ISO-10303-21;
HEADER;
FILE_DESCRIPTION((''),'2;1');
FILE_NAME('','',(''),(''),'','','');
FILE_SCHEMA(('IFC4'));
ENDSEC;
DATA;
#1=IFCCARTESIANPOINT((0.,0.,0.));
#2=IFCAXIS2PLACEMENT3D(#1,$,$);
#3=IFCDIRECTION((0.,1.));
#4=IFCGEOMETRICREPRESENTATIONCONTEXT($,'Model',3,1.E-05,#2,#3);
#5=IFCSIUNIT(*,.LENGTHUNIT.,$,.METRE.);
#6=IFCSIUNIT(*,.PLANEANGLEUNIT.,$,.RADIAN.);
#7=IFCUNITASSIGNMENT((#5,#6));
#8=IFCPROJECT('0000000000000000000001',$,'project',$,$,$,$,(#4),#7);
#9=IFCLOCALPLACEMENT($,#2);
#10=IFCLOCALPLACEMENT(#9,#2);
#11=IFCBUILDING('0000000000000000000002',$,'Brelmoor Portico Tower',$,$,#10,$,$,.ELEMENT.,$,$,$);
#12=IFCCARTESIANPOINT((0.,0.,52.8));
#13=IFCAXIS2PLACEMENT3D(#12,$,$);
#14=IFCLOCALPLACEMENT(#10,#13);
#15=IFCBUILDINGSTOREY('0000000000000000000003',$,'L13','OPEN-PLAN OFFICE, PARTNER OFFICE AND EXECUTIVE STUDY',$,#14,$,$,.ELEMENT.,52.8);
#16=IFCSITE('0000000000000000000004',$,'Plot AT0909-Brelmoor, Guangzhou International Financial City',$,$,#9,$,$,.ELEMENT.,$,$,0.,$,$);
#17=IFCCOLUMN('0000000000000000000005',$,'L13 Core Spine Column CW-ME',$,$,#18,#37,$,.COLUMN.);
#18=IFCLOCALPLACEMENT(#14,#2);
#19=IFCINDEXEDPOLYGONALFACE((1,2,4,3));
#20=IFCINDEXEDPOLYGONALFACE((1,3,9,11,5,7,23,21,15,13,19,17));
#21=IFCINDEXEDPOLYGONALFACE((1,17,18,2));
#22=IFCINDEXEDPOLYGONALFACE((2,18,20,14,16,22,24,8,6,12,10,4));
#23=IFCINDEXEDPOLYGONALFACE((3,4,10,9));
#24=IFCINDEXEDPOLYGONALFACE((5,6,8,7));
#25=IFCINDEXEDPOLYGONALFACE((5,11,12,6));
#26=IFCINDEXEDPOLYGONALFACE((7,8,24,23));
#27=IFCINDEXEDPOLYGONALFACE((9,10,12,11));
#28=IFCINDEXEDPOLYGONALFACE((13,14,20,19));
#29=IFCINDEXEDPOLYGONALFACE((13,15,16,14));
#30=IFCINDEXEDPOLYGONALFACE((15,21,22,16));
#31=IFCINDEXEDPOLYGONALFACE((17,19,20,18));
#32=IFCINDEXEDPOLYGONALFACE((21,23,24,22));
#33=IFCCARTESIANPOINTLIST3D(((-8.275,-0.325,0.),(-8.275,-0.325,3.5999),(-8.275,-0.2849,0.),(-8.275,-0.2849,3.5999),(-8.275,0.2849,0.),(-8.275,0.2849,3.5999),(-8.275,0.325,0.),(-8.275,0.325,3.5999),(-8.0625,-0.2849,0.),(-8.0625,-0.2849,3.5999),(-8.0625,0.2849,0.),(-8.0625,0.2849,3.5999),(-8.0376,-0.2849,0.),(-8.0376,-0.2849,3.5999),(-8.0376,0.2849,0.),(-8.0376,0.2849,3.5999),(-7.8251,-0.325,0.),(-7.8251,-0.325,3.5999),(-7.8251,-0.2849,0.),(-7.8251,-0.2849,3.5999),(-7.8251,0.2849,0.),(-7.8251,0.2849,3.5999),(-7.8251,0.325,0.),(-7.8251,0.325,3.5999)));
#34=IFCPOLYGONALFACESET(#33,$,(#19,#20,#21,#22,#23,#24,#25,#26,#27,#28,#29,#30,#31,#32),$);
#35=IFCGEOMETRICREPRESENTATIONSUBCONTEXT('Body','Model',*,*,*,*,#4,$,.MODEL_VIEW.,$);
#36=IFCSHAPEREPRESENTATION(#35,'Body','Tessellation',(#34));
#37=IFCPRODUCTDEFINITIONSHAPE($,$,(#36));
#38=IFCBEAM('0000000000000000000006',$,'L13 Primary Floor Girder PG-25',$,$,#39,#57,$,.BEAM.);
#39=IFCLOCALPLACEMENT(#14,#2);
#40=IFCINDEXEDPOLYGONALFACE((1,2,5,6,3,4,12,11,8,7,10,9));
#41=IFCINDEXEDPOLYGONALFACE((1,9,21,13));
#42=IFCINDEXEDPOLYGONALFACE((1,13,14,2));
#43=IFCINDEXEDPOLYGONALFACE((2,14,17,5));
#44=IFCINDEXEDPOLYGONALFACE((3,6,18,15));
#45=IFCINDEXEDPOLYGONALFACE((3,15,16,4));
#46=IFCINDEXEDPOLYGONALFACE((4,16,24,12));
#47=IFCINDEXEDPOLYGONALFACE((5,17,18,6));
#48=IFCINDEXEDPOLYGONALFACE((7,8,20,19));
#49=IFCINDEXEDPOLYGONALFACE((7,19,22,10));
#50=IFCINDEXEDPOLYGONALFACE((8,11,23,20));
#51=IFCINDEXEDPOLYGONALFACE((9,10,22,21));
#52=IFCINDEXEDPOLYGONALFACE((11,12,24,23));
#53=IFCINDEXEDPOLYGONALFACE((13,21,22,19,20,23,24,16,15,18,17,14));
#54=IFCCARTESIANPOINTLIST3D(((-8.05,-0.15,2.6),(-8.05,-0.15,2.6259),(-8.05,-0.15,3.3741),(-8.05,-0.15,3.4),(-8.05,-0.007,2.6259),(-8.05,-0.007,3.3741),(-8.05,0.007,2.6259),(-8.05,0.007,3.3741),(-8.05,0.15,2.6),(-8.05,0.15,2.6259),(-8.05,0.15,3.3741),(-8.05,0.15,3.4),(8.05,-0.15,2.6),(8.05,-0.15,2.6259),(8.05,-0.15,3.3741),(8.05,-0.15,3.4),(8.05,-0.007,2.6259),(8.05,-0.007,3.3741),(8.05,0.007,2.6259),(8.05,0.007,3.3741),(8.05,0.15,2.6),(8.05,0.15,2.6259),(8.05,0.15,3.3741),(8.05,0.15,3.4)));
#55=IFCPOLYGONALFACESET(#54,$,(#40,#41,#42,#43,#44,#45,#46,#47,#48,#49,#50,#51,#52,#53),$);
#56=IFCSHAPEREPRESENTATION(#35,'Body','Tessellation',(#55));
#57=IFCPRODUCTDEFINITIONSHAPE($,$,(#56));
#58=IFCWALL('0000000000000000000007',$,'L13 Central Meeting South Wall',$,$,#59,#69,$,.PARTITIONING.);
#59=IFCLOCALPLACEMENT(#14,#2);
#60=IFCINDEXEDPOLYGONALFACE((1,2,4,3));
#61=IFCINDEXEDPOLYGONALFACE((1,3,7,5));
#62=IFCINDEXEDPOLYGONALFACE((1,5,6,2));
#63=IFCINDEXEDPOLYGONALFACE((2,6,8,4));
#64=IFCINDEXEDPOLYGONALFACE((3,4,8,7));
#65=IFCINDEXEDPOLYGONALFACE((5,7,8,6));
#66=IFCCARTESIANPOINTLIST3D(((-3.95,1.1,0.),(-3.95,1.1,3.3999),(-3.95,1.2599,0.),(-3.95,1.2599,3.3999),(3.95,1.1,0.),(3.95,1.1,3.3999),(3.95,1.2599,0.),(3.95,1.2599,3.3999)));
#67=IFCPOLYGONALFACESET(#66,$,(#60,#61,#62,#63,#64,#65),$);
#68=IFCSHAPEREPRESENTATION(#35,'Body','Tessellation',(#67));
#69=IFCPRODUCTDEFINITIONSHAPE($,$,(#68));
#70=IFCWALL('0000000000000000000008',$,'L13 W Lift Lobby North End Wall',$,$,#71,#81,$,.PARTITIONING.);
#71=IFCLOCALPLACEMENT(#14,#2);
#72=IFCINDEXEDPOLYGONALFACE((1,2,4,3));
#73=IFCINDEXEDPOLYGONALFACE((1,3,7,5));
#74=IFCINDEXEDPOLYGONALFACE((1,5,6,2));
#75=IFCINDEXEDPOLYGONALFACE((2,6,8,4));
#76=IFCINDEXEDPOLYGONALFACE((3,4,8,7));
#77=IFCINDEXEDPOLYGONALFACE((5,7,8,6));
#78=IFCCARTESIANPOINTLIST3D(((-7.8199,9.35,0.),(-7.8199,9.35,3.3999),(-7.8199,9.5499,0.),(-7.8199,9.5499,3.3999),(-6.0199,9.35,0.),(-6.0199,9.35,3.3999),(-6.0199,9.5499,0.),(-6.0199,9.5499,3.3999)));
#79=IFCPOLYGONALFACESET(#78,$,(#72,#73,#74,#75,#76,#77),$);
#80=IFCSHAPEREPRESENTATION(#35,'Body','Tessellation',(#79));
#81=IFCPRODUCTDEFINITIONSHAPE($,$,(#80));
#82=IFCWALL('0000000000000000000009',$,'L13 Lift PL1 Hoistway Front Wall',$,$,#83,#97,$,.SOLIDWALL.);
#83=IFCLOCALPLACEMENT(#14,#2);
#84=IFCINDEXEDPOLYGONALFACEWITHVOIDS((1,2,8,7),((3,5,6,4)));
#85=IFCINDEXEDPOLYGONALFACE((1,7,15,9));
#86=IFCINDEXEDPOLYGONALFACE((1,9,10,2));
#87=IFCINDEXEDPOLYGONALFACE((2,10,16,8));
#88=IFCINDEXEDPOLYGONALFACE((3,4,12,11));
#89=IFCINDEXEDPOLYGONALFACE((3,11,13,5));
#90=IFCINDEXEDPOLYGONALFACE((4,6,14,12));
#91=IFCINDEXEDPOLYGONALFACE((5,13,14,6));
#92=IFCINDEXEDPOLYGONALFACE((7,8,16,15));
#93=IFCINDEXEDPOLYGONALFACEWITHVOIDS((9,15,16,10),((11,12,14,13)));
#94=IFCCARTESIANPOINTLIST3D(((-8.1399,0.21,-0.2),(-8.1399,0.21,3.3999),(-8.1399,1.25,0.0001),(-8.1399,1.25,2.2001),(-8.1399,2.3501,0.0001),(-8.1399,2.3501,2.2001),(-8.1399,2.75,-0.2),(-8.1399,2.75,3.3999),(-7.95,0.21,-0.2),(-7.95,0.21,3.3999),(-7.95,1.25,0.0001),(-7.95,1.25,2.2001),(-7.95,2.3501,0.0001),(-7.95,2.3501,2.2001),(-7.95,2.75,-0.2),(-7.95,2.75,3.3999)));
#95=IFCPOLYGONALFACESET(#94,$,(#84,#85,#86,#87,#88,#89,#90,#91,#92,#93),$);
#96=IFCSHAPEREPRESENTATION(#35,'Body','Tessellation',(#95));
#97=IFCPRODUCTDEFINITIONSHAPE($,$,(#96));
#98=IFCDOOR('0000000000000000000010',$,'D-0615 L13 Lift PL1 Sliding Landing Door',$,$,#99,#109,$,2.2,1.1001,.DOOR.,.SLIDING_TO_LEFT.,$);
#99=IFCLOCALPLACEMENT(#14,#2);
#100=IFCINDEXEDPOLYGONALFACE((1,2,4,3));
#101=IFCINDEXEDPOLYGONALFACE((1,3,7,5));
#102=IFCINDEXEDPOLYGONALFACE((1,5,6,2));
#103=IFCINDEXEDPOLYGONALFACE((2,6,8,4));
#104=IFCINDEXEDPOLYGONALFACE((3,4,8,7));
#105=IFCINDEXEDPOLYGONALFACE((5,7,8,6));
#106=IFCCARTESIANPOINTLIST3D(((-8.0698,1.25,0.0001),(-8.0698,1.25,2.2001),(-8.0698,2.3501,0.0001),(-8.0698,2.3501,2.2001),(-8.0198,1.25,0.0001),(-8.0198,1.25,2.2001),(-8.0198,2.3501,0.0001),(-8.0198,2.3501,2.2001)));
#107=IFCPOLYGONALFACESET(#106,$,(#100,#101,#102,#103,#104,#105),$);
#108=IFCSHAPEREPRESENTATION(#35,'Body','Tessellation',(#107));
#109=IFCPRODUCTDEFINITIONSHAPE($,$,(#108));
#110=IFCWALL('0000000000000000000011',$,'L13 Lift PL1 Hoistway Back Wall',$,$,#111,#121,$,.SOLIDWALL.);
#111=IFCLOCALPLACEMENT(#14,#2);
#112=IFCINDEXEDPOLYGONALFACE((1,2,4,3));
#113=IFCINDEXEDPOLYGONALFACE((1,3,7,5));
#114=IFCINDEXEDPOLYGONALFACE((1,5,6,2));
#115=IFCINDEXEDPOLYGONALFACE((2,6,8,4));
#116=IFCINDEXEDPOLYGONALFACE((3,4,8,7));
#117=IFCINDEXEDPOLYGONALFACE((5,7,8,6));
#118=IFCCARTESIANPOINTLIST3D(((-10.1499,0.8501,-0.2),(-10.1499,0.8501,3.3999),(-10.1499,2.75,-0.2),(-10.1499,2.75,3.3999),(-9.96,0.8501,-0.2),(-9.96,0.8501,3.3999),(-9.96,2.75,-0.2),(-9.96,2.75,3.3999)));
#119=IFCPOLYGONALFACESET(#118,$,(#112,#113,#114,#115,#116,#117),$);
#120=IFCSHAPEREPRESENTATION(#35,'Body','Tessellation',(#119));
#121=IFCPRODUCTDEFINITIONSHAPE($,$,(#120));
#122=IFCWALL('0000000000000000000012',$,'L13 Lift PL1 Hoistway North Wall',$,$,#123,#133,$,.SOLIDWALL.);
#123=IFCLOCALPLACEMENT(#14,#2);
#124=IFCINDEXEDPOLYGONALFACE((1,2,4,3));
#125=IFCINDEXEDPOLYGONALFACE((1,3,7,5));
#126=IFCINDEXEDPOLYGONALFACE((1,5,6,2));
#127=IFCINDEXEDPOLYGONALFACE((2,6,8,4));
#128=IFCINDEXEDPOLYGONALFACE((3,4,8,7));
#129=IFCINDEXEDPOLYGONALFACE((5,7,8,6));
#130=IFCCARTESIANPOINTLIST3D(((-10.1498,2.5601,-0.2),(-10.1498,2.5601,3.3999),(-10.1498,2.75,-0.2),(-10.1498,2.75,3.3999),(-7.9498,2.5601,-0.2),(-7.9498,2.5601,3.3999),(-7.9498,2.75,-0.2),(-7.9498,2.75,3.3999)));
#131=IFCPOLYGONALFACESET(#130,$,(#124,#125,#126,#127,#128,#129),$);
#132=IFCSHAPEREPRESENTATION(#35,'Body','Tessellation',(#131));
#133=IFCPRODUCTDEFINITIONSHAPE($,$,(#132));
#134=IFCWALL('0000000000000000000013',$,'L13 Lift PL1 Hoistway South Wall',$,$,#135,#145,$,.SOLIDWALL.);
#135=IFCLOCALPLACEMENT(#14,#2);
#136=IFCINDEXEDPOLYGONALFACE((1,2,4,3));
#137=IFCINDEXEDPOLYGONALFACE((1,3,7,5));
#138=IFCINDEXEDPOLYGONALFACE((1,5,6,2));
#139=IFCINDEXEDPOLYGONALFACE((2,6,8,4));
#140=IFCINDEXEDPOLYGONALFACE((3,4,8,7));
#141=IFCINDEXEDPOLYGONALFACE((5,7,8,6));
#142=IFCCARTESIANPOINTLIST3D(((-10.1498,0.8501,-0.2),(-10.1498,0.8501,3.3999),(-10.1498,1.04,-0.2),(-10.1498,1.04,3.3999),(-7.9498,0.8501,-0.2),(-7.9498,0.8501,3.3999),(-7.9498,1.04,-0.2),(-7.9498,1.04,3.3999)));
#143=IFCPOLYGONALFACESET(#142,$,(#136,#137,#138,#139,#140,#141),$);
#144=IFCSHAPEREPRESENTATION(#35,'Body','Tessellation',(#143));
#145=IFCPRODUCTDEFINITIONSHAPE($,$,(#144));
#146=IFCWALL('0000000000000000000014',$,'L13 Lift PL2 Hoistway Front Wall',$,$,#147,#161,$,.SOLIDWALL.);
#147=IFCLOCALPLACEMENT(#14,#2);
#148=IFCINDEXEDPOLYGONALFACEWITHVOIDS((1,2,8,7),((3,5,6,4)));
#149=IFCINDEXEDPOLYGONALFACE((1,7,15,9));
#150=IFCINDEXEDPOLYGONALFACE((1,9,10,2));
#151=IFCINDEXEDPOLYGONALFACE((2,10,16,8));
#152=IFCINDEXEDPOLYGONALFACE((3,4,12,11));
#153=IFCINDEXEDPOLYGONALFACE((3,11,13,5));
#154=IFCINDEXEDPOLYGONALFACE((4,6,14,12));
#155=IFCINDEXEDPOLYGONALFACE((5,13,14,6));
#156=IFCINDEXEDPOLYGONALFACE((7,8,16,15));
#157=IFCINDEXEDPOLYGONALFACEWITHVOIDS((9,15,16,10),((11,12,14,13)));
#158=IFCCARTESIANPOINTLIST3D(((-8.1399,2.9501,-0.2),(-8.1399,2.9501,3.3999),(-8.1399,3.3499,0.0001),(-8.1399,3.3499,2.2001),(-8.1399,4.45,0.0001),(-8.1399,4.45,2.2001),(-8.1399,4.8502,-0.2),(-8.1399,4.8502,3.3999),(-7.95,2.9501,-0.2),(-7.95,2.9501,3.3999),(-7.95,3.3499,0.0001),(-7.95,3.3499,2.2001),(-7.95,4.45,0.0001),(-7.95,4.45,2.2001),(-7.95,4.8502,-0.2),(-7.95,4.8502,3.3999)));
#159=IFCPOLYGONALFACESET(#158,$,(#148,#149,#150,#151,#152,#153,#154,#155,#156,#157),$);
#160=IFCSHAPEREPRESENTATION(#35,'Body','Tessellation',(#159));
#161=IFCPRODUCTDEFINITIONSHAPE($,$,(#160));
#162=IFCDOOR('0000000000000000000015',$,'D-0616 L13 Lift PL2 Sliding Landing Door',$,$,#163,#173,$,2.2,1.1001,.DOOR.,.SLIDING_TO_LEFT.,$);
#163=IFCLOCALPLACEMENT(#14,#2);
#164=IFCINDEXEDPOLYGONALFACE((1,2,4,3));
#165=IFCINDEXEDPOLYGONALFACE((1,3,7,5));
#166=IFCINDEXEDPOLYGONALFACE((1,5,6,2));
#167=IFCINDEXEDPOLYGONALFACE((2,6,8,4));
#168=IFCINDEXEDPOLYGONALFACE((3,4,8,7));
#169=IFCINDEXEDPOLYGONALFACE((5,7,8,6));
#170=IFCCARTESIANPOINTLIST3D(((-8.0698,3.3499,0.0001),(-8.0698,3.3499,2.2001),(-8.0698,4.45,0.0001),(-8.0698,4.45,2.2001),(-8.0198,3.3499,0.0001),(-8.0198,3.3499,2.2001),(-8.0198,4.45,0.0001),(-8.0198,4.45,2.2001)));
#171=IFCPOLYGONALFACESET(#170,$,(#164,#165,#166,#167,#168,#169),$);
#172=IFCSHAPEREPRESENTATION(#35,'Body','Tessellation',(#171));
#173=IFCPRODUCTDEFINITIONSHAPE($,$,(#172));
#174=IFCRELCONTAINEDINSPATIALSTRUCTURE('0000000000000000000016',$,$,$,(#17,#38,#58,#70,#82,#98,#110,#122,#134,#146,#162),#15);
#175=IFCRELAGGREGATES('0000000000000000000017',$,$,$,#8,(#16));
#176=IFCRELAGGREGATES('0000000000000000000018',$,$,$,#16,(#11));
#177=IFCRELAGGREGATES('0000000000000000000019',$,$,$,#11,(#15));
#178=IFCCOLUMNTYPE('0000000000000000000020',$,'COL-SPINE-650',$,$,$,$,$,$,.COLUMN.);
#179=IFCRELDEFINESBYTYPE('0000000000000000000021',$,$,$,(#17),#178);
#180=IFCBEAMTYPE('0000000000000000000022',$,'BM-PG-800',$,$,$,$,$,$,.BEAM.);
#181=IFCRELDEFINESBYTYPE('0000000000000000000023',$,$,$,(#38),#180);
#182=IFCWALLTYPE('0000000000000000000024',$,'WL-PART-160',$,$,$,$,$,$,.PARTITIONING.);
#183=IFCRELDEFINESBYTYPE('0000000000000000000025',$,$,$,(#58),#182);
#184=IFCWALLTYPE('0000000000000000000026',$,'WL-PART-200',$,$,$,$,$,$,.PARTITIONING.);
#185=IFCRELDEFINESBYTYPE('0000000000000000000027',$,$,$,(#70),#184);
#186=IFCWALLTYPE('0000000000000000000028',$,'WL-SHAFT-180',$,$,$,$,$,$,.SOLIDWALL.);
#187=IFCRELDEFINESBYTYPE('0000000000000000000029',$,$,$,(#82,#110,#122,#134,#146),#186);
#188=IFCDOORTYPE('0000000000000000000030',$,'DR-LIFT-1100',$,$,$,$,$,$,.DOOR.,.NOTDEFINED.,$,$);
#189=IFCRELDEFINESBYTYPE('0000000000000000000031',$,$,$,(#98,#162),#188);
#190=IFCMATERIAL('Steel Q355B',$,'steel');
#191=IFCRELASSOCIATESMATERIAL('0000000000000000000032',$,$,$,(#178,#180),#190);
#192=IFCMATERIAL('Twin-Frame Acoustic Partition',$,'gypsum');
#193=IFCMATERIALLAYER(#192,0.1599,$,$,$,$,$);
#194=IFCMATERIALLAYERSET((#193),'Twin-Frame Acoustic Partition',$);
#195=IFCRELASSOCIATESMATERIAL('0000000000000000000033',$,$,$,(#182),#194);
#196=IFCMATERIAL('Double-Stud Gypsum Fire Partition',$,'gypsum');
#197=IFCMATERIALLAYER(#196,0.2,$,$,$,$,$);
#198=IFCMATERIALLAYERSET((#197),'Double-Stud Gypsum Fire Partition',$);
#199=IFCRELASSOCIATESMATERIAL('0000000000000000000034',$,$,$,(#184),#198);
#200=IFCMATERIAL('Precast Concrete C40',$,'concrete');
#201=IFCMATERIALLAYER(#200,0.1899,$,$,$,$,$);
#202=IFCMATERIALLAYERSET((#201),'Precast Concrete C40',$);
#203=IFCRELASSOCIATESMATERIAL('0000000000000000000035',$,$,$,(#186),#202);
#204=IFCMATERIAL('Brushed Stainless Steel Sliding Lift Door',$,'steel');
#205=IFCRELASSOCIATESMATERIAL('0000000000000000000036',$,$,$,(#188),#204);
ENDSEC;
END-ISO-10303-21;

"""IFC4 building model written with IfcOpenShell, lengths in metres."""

from ifc_helpers import new_model, si_unit, direction, frame, frame_2d, origin, origin_2d, place, context, subcontext, project, spatial, rectangle, i_section, extrude, material, layer, layer_set, material_profile, profile_set, type_object, element, fill, save


model = new_model("IFC4")

# Units and contexts
model_context = context("Model", 3, precision=1e-05, world=origin(), true_north=direction((0.0, 1.0)))
body_context = subcontext(model_context, "Body", "Model", "MODEL_VIEW")
ifc_project = project(units=[si_unit("LENGTHUNIT", "METRE"), si_unit("PLANEANGLEUNIT", "RADIAN")], contexts=[model_context])

# Site, building, storey
site_placement = place(None, origin())
site = spatial("IfcSite", under=ifc_project, at=site_placement, Name="Plot AT0909-Brelmoor, Guangzhou International Financial City", CompositionType="ELEMENT", RefElevation=0.0)
building_placement = place(site_placement, origin())
building = spatial("IfcBuilding", under=site, at=building_placement, Name="Brelmoor Portico Tower", CompositionType="ELEMENT")
storey_placement = place(building_placement, frame((0.0, 0.0, 52.8)))
storey = spatial("IfcBuildingStorey", under=building, at=storey_placement, Name="L13", Description="OPEN-PLAN OFFICE, PARTNER OFFICE AND EXECUTIVE STUDY", CompositionType="ELEMENT", Elevation=52.8)

# Column
ifc_material_1 = material(Name="Steel Q355B", Category="steel")
ifc_material_profile_1 = material_profile(ifc_material_1, i_section(OverallWidth=0.45, OverallDepth=0.6499, WebThickness=0.0249, FlangeThickness=0.04, at=origin_2d()), Name="HW 650x450x25x40")
ifc_profile_set_1 = profile_set([ifc_material_profile_1], Name="Steel Q355B")
column_type = type_object("IfcColumnType", Name="COL-SPINE-650", PredefinedType="COLUMN", material=ifc_profile_set_1)
column_placement = place(storey_placement, frame((-8.05, 0.0, 0.0), z_axis=(0.0, 0.0, 1.0), x_axis=(1.0, 0.0, 0.0)))
element("IfcColumn", 1, at=column_placement, inside=storey, type_object=column_type, Name="L13 Core Spine Column CW-ME", PredefinedType="COLUMN", context=body_context, shape_type="SweptSolid", body=[
    extrude(i_section(OverallWidth=0.45, OverallDepth=0.6499, WebThickness=0.0249, FlangeThickness=0.04, at=origin_2d()), origin(), (0.0, 0.0, 1.0), 3.5999),
])

# Beam
ifc_material_profile_2 = material_profile(ifc_material_1, i_section(OverallWidth=0.3, OverallDepth=0.8, WebThickness=0.0139, FlangeThickness=0.0259, at=origin_2d()), Name="HN 800x300x14x26")
ifc_profile_set_2 = profile_set([ifc_material_profile_2], Name="Steel Q355B")
beam_type = type_object("IfcBeamType", Name="BM-PG-800", PredefinedType="BEAM", material=ifc_profile_set_2)
beam_placement = place(storey_placement, frame((-8.05, 0.0, 3.0), z_axis=(1.0, 0.0, 0.0), x_axis=(0.0, 1.0, 0.0)))
element("IfcBeam", 2, at=beam_placement, inside=storey, type_object=beam_type, Name="L13 Primary Floor Girder PG-25", PredefinedType="BEAM", context=body_context, shape_type="SweptSolid", body=[
    extrude(i_section(OverallWidth=0.3, OverallDepth=0.8, WebThickness=0.0139, FlangeThickness=0.0259, at=origin_2d()), origin(), (0.0, 0.0, 1.0), 16.1001),
])

# Walls
ifc_material_2 = material(Name="Twin-Frame Acoustic Partition", Category="gypsum")
ifc_layer_1 = layer(ifc_material_2, 0.1599)
ifc_layer_set_1 = layer_set([ifc_layer_1], Name="Twin-Frame Acoustic Partition")
wall_type_1 = type_object("IfcWallType", Name="WL-PART-160", PredefinedType="PARTITIONING", material=ifc_layer_set_1)
wall_1_placement = place(storey_placement, frame((-3.95, 1.1799, 0.0), z_axis=(0.0, 0.0, 1.0), x_axis=(1.0, 0.0, 0.0)))
element("IfcWall", 3, at=wall_1_placement, inside=storey, type_object=wall_type_1, Name="L13 Central Meeting South Wall", PredefinedType="PARTITIONING", context=body_context, shape_type="SweptSolid", body=[
    extrude(rectangle(XDim=7.8999, YDim=0.1599, at=frame_2d((3.95, 0.0))), origin(), (0.0, 0.0, 1.0), 3.3999),
])
ifc_material_3 = material(Name="Double-Stud Gypsum Fire Partition", Category="gypsum")
ifc_layer_2 = layer(ifc_material_3, 0.2)
ifc_layer_set_2 = layer_set([ifc_layer_2], Name="Double-Stud Gypsum Fire Partition")
wall_type_2 = type_object("IfcWallType", Name="WL-PART-200", PredefinedType="PARTITIONING", material=ifc_layer_set_2)
wall_2_placement = place(storey_placement, frame((-6.02, 9.45, 0.0), z_axis=(0.0, 0.0, 1.0), x_axis=(-1.0, 0.0, 0.0)))
element("IfcWall", 4, at=wall_2_placement, inside=storey, type_object=wall_type_2, Name="L13 W Lift Lobby North End Wall", PredefinedType="PARTITIONING", context=body_context, shape_type="SweptSolid", body=[
    extrude(rectangle(XDim=1.8, YDim=0.2, at=frame_2d((0.8999, 0.0))), origin(), (0.0, 0.0, 1.0), 3.3999),
])

# Wall, opening, door
ifc_material_4 = material(Name="Precast Concrete C40", Category="concrete")
ifc_layer_3 = layer(ifc_material_4, 0.1899)
ifc_layer_set_3 = layer_set([ifc_layer_3], Name="Precast Concrete C40")
wall_type_3 = type_object("IfcWallType", Name="WL-SHAFT-180", PredefinedType="SOLIDWALL", material=ifc_layer_set_3)
wall_3_placement = place(storey_placement, frame((-8.0449, 0.21, -0.2), z_axis=(0.0, 0.0, 1.0), x_axis=(0.0, 1.0, 0.0)))
wall_3 = element("IfcWall", 5, at=wall_3_placement, inside=storey, type_object=wall_type_3, Name="L13 Lift PL1 Hoistway Front Wall", PredefinedType="SOLIDWALL", context=body_context, shape_type="SweptSolid", body=[
    extrude(rectangle(XDim=2.54, YDim=0.1899, at=frame_2d((1.27, 0.0))), origin(), (0.0, 0.0, 1.0), 3.5999),
])
opening_1_placement = place(wall_3_placement, frame((1.04, 0.0, 0.2)))
opening_1 = element("IfcOpeningElement", 6, at=opening_1_placement, cuts=wall_3, PredefinedType="OPENING", context=body_context, shape_type="SweptSolid", body=[
    extrude(rectangle(XDim=1.1001, YDim=2.2, at=frame_2d((0.55, 1.1001))), frame((0.0, 0.105, 0.0), z_axis=(0.0, -1.0, 0.0), x_axis=(1.0, 0.0, 0.0)), (0.0, 0.0, 1.0), 0.21),
])
ifc_material_5 = material(Name="Brushed Stainless Steel Sliding Lift Door", Category="steel")
door_type = type_object("IfcDoorType", Name="DR-LIFT-1100", OperationType="NOTDEFINED", PredefinedType="DOOR", material=ifc_material_5)
door_1_placement = place(opening_1_placement, origin())
door_1 = element("IfcDoor", 7, at=door_1_placement, inside=storey, type_object=door_type, Name="D-0615 L13 Lift PL1 Sliding Landing Door", OperationType="SLIDING_TO_LEFT", OverallHeight=2.2, OverallWidth=1.1001, PredefinedType="DOOR", context=body_context, shape_type="SweptSolid", body=[
    extrude(rectangle(XDim=1.1001, YDim=2.2, at=frame_2d((0.55, 1.1001))), frame((0.0, 0.0249, 0.0), z_axis=(0.0, -1.0, 0.0), x_axis=(1.0, 0.0, 0.0)), (0.0, 0.0, 1.0), 0.05),
])
fill(opening_1, door_1)

# Walls
wall_4_placement = place(storey_placement, frame((-10.0549, 0.8501, -0.2), z_axis=(0.0, 0.0, 1.0), x_axis=(0.0, 1.0, 0.0)))
element("IfcWall", 8, at=wall_4_placement, inside=storey, type_object=wall_type_3, Name="L13 Lift PL1 Hoistway Back Wall", PredefinedType="SOLIDWALL", context=body_context, shape_type="SweptSolid", body=[
    extrude(rectangle(XDim=1.8999, YDim=0.1899, at=frame_2d((0.95, 0.0))), origin(), (0.0, 0.0, 1.0), 3.5999),
])
for number, where, z_axis, x_axis, name in (
    (9, (-10.1499, 2.655, -0.2), (0.0, 0.0, 1.0), (1.0, 0.0, 0.0), "L13 Lift PL1 Hoistway North Wall"),
    (10, (-10.1499, 0.9451, -0.2), (0.0, 0.0, 1.0), (1.0, 0.0, 0.0), "L13 Lift PL1 Hoistway South Wall"),
):
    element("IfcWall", number, at=place(storey_placement, frame(where, z_axis=z_axis, x_axis=x_axis)), inside=storey, type_object=wall_type_3, Name=name, PredefinedType="SOLIDWALL", context=body_context, shape_type="SweptSolid", body=[
        extrude(rectangle(XDim=2.2, YDim=0.1899, at=frame_2d((1.1001, 0.0))), origin(), (0.0, 0.0, 1.0), 3.5999),
    ])

# Wall, opening, door
wall_5_placement = place(storey_placement, frame((-8.0449, 2.95, -0.2), z_axis=(0.0, 0.0, 1.0), x_axis=(0.0, 1.0, 0.0)))
wall_5 = element("IfcWall", 11, at=wall_5_placement, inside=storey, type_object=wall_type_3, Name="L13 Lift PL2 Hoistway Front Wall", PredefinedType="SOLIDWALL", context=body_context, shape_type="SweptSolid", body=[
    extrude(rectangle(XDim=1.9001, YDim=0.1899, at=frame_2d((0.9502, 0.0))), origin(), (0.0, 0.0, 1.0), 3.5999),
])
opening_2_placement = place(wall_5_placement, frame((0.3999, 0.0, 0.2)))
opening_2 = element("IfcOpeningElement", 12, at=opening_2_placement, cuts=wall_5, PredefinedType="OPENING", context=body_context, shape_type="SweptSolid", body=[
    extrude(rectangle(XDim=1.1001, YDim=2.2, at=frame_2d((0.55, 1.1001))), frame((0.0, 0.105, 0.0), z_axis=(0.0, -1.0, 0.0), x_axis=(1.0, 0.0, 0.0)), (0.0, 0.0, 1.0), 0.21),
])
door_2_placement = place(opening_2_placement, origin())
door_2 = element("IfcDoor", 13, at=door_2_placement, inside=storey, type_object=door_type, Name="D-0616 L13 Lift PL2 Sliding Landing Door", OperationType="SLIDING_TO_LEFT", OverallHeight=2.2, OverallWidth=1.1001, PredefinedType="DOOR", context=body_context, shape_type="SweptSolid", body=[
    extrude(rectangle(XDim=1.1001, YDim=2.2, at=frame_2d((0.55, 1.1001))), frame((0.0, 0.0249, 0.0), z_axis=(0.0, -1.0, 0.0), x_axis=(1.0, 0.0, 0.0)), (0.0, 0.0, 1.0), 0.05),
])
fill(opening_2, door_2)

save(model, "model.ifc")
